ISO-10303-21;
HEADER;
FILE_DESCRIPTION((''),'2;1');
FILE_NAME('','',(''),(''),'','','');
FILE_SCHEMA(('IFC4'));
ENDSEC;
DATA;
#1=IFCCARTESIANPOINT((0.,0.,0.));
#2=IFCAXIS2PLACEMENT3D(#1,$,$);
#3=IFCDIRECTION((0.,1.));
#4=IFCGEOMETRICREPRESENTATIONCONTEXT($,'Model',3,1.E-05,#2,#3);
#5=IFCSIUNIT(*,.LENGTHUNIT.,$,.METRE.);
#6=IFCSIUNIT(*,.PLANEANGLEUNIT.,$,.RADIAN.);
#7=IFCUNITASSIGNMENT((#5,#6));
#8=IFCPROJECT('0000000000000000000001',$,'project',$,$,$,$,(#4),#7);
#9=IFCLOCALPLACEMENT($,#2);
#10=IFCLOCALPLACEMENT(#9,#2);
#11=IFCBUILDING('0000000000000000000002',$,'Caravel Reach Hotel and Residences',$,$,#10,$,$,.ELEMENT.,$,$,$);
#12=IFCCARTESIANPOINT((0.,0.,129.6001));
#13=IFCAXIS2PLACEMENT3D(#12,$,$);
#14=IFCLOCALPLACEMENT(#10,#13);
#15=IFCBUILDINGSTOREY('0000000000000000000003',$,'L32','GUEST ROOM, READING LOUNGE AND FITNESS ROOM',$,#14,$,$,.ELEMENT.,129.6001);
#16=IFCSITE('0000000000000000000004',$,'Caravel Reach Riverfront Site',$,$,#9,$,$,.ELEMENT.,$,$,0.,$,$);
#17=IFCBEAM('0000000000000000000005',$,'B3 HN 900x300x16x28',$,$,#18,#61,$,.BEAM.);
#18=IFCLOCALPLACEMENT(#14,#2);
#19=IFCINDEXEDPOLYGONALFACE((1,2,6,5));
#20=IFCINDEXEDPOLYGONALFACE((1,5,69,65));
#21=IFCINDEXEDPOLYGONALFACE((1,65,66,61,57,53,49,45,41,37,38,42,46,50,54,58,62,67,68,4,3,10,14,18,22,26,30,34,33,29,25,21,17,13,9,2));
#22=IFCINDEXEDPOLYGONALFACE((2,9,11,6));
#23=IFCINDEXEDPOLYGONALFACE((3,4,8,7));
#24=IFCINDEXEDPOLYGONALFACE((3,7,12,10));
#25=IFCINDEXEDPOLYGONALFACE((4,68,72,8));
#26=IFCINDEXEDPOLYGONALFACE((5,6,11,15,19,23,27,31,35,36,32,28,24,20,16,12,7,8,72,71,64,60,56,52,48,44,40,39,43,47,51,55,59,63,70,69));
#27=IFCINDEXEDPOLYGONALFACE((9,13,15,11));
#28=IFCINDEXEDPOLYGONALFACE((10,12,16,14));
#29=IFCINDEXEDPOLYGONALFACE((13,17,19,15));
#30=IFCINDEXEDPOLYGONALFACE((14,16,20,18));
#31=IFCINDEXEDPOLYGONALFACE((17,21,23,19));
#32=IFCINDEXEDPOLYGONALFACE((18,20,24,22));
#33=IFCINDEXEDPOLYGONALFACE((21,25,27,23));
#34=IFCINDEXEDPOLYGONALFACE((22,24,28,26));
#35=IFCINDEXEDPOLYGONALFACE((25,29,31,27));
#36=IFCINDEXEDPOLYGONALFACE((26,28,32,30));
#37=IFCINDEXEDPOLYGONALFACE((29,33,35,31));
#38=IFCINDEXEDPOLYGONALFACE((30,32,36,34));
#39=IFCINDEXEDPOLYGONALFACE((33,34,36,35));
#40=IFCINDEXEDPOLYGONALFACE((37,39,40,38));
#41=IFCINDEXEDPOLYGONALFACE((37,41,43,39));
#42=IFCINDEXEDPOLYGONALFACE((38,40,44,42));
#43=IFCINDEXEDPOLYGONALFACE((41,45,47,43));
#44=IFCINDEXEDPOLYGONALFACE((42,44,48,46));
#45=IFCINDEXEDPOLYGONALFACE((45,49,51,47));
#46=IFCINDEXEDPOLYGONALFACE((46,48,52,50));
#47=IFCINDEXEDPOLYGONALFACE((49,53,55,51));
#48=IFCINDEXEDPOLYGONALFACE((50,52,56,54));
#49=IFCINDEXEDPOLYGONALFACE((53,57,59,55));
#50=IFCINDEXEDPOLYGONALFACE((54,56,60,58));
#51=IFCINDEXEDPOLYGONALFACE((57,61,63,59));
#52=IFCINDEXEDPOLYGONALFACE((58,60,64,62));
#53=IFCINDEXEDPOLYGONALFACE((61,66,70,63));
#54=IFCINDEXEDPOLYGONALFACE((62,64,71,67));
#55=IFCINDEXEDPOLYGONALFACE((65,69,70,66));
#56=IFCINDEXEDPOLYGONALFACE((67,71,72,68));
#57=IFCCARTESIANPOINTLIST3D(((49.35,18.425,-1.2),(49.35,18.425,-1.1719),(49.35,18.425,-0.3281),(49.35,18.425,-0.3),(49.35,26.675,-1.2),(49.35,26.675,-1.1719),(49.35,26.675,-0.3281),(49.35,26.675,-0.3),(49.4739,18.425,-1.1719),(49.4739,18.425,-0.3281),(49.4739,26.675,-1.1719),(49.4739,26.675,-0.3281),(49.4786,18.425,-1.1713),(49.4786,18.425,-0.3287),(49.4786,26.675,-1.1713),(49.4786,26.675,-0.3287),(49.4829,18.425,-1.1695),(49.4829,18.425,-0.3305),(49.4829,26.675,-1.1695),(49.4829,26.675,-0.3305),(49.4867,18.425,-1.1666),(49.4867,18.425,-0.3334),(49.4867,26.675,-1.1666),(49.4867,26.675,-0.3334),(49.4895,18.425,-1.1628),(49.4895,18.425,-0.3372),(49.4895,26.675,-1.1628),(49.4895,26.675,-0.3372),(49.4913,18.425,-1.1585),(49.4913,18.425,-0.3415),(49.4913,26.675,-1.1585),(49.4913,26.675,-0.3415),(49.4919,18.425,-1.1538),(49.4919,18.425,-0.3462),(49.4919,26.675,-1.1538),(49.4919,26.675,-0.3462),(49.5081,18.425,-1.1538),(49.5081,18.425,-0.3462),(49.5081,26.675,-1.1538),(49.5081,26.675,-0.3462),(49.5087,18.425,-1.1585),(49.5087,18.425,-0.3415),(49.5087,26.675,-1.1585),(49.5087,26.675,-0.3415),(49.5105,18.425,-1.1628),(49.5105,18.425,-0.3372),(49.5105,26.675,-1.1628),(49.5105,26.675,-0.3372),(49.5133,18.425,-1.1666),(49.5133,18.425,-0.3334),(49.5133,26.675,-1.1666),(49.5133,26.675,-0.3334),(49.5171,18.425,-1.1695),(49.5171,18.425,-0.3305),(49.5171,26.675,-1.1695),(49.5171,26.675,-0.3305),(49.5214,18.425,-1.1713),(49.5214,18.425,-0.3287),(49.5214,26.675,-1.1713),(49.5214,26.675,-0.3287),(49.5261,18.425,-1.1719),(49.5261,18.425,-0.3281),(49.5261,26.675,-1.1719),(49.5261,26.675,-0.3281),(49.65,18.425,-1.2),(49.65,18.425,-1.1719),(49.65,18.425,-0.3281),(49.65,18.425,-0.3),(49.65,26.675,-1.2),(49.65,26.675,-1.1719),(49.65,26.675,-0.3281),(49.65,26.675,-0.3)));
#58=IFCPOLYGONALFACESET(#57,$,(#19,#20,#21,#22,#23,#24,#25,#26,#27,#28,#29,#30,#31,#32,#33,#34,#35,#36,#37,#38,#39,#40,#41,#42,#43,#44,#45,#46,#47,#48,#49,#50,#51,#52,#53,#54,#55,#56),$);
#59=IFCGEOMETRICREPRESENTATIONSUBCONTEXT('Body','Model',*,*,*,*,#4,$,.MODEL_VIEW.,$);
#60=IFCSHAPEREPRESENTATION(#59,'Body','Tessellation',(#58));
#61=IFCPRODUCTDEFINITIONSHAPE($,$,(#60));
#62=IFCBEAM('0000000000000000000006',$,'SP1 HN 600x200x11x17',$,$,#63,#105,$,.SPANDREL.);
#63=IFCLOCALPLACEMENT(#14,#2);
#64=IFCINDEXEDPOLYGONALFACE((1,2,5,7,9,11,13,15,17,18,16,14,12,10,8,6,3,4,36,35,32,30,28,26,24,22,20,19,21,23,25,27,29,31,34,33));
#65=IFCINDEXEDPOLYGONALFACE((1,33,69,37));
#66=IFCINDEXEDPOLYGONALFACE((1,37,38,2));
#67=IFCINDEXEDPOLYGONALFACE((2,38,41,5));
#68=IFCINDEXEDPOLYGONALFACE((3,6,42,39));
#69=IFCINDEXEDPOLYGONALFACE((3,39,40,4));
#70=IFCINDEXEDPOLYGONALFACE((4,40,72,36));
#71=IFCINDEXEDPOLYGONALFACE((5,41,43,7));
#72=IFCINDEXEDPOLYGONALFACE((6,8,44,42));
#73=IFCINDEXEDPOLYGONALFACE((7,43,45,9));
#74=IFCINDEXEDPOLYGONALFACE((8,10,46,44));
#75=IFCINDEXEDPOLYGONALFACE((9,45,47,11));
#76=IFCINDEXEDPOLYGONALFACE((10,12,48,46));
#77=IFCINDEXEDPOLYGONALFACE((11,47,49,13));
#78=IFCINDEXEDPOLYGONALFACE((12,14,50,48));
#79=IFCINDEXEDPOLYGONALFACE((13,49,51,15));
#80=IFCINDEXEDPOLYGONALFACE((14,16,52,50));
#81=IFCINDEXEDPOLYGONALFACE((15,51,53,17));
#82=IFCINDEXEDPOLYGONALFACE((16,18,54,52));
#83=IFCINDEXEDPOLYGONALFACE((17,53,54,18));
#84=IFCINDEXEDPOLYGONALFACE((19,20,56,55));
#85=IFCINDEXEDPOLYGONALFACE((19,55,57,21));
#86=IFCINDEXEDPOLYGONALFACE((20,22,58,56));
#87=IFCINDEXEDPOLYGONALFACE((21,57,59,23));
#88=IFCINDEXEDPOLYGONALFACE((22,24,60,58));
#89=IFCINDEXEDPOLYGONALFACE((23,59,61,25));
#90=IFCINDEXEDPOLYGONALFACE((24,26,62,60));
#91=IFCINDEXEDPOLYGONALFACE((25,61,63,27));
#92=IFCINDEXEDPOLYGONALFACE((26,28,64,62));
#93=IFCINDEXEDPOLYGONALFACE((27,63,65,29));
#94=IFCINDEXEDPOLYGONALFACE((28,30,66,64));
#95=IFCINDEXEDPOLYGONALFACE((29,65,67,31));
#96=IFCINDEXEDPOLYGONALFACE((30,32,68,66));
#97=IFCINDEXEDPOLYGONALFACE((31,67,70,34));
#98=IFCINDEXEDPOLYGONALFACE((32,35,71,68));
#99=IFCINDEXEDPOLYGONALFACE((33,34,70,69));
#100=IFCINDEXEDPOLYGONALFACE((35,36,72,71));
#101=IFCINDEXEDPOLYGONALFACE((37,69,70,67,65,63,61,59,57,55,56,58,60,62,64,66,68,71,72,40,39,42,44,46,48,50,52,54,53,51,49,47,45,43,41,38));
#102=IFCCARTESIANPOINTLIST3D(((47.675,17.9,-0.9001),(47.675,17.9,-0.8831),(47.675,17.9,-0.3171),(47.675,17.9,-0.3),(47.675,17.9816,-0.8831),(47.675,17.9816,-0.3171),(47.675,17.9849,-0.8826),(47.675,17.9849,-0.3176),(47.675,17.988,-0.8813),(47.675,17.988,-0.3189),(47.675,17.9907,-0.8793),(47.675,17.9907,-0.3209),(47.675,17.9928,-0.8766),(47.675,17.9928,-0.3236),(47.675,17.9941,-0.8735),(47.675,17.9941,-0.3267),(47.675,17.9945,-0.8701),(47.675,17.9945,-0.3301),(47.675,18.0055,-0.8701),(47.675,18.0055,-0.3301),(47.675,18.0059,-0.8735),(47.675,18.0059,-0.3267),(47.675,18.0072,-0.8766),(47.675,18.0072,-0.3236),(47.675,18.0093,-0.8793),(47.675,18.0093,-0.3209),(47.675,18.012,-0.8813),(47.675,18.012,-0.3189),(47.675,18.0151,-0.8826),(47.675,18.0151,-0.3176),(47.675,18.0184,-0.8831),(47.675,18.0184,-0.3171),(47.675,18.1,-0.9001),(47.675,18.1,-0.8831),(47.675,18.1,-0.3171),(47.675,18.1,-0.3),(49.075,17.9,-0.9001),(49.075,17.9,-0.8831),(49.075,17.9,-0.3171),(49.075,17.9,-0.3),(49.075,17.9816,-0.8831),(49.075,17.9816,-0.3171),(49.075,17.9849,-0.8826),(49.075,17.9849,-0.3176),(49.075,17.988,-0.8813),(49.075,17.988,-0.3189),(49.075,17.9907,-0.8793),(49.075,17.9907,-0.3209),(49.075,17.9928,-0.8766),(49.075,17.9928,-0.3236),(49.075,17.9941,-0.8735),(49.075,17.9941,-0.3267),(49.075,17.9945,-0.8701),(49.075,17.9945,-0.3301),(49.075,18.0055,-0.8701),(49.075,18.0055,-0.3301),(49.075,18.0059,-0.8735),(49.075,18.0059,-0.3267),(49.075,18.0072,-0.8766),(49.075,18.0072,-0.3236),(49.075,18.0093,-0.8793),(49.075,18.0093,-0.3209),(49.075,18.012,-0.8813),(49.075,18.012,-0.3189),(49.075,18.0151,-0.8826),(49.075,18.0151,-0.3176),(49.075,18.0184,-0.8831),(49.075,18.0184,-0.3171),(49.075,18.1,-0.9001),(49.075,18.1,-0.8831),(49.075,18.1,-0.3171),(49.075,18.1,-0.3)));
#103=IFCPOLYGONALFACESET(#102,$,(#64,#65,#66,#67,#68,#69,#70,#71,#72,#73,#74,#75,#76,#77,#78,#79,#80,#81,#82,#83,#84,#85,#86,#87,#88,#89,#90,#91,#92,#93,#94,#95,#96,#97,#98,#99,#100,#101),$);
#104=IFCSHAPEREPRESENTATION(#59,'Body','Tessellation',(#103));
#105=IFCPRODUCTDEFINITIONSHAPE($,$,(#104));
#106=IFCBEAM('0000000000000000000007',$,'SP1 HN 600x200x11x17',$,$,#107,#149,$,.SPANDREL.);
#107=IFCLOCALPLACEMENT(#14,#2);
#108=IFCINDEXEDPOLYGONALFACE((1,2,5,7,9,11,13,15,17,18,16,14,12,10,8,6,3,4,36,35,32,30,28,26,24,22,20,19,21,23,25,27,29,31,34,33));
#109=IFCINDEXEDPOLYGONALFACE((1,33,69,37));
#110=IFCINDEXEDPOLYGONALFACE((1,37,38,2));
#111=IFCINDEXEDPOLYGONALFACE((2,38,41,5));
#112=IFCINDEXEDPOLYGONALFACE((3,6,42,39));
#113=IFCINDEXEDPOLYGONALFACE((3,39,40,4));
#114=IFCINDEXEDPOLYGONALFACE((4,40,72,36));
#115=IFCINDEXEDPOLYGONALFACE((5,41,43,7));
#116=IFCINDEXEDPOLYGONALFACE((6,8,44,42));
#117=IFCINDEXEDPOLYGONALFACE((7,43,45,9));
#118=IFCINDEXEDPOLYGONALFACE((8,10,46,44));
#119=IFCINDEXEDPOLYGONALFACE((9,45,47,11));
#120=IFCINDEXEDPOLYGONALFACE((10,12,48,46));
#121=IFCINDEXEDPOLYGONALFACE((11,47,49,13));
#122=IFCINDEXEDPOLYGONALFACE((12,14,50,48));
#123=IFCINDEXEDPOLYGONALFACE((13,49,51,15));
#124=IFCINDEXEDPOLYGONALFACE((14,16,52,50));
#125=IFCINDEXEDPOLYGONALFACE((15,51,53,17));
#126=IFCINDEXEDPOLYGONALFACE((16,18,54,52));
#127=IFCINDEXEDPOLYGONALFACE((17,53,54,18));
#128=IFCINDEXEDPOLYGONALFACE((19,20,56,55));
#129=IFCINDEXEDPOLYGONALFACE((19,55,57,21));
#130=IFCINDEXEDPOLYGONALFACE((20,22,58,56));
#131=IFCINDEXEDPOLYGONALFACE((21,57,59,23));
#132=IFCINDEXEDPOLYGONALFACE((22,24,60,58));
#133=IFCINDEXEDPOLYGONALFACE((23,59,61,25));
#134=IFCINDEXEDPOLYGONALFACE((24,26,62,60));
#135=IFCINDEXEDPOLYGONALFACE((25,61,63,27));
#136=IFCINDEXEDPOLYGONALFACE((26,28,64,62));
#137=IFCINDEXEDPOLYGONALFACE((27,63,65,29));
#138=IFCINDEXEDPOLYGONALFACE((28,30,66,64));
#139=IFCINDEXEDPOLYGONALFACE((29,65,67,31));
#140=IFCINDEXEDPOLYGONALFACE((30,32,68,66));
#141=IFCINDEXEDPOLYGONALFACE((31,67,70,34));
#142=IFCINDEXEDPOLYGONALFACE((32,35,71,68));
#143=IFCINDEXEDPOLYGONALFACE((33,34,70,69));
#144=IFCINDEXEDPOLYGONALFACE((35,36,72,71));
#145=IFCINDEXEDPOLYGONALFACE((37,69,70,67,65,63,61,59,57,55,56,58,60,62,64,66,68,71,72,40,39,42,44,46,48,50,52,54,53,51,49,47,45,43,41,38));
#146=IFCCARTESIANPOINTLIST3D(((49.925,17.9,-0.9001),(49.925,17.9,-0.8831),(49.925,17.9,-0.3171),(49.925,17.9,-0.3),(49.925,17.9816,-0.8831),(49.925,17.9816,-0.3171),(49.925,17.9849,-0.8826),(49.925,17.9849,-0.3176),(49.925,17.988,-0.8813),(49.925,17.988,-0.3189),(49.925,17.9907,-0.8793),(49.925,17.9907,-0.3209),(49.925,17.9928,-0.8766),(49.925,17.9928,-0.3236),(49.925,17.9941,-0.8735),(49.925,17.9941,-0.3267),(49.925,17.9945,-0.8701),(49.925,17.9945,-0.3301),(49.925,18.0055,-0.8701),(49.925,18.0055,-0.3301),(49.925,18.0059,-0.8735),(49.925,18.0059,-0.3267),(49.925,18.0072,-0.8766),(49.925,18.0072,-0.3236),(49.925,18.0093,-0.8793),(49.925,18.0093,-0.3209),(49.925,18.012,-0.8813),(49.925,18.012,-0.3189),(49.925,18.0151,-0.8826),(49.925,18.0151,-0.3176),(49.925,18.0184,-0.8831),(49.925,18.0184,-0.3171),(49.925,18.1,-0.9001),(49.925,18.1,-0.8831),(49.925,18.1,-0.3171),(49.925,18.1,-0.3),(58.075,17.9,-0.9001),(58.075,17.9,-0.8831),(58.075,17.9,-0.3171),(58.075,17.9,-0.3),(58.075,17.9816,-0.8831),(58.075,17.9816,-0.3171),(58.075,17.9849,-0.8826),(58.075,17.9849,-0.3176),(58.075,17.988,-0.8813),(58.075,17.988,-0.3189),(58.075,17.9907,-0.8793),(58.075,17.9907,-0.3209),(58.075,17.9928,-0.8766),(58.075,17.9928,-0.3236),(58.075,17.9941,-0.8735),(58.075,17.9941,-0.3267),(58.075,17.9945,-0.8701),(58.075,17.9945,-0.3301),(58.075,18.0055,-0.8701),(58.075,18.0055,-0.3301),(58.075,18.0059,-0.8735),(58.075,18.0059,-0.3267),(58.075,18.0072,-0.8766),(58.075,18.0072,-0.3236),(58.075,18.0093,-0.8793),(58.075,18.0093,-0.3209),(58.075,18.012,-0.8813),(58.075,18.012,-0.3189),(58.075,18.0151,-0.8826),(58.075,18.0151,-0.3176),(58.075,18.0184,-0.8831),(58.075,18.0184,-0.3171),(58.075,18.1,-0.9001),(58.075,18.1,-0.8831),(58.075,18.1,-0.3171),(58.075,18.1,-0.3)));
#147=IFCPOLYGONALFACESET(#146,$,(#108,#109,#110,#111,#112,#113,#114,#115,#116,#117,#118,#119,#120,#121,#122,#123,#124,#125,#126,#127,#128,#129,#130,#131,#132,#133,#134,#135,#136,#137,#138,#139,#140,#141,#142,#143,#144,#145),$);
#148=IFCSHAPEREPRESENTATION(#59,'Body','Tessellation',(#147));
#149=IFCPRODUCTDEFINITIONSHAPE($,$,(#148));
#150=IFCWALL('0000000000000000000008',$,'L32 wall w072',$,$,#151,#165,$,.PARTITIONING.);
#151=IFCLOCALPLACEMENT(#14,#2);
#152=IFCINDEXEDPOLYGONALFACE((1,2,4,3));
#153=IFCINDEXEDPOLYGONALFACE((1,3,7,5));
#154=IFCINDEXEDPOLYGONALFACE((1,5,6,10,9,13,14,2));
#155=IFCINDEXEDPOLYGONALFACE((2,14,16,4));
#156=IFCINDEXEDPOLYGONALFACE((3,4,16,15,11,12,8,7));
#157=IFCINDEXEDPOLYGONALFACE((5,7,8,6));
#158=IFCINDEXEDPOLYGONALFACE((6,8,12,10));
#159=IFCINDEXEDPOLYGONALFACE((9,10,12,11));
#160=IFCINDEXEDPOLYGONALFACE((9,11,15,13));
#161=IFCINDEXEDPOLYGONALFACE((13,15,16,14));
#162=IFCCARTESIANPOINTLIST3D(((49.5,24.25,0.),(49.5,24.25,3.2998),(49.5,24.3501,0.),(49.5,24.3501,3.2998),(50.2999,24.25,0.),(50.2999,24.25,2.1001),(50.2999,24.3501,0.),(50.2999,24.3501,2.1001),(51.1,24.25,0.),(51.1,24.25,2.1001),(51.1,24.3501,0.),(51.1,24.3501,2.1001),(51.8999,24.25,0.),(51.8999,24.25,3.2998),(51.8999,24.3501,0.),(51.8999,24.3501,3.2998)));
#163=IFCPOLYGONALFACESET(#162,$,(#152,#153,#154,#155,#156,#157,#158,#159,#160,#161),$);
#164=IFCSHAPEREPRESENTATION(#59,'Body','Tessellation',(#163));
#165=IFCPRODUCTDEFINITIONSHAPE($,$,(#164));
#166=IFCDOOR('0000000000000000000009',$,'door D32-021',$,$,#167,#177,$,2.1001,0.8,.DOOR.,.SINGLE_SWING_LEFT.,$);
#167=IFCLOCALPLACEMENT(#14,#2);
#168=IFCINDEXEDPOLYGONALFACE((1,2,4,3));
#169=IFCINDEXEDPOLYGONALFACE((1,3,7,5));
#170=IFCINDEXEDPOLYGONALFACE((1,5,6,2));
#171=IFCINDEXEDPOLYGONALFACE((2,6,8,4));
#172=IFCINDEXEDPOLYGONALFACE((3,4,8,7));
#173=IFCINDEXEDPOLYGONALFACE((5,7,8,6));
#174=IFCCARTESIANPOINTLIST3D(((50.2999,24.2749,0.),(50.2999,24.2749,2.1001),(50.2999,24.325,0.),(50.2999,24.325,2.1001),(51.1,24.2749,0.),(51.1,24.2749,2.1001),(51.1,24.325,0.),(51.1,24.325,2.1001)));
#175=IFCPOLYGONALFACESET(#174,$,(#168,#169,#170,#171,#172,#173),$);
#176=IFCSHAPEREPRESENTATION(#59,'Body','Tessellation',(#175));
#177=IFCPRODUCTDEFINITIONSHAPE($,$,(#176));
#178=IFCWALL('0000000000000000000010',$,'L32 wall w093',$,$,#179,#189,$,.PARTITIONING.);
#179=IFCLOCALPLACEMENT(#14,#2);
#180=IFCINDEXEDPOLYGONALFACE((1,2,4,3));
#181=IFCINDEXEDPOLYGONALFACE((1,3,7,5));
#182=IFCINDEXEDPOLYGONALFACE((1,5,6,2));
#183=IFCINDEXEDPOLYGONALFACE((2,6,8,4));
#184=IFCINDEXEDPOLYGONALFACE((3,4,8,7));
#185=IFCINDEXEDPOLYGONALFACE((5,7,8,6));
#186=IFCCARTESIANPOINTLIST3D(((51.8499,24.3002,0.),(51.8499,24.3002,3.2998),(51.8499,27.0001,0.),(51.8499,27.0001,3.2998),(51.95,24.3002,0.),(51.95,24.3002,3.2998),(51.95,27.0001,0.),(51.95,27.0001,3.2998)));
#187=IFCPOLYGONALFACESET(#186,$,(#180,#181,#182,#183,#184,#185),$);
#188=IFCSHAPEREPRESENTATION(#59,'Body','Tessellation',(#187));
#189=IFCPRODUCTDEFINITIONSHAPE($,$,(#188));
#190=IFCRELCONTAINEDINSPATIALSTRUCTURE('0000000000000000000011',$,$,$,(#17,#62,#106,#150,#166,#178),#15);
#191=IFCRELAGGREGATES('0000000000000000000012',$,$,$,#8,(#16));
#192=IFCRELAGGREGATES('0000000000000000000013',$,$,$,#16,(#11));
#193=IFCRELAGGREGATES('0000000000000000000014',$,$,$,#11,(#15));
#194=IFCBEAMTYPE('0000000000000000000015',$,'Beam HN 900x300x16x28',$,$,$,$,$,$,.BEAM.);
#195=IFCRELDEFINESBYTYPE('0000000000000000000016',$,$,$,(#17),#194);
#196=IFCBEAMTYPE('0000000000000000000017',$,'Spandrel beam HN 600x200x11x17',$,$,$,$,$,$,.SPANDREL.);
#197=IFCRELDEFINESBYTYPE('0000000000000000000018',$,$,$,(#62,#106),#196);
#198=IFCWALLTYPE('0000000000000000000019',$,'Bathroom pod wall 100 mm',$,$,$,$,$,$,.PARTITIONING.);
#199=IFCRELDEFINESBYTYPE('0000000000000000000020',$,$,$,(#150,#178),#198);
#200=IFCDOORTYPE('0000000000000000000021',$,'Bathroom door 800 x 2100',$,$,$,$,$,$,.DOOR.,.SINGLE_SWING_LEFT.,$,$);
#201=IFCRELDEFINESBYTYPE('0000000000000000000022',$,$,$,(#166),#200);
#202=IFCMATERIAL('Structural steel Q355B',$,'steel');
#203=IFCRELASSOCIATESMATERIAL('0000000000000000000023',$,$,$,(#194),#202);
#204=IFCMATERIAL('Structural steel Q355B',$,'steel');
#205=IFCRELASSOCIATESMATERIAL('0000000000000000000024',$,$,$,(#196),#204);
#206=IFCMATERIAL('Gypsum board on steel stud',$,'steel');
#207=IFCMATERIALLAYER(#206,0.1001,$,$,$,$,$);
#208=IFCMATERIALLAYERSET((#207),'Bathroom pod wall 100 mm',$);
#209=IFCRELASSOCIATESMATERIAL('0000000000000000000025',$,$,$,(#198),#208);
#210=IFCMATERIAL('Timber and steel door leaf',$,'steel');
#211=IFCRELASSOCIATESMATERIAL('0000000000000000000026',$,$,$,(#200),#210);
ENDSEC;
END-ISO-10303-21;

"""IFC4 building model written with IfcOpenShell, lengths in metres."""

from ifc_helpers import new_model, si_unit, direction, frame, frame_2d, origin, origin_2d, place, context, subcontext, project, spatial, rectangle, i_section, extrude, material, layer, layer_set, material_profile, profile_set, type_object, element, fill, save


model = new_model("IFC4")

# Units and contexts
model_context = context("Model", 3, precision=1e-05, world=origin(), true_north=direction((0.0, 1.0)))
body_context = subcontext(model_context, "Body", "Model", "MODEL_VIEW")
ifc_project = project(units=[si_unit("LENGTHUNIT", "METRE"), si_unit("PLANEANGLEUNIT", "RADIAN")], contexts=[model_context])

# Site, building, storey
site_placement = place(None, origin())
site = spatial("IfcSite", under=ifc_project, at=site_placement, Name="Caravel Reach Riverfront Site", CompositionType="ELEMENT", RefElevation=0.0)
building_placement = place(site_placement, origin())
building = spatial("IfcBuilding", under=site, at=building_placement, Name="Caravel Reach Hotel and Residences", CompositionType="ELEMENT")
storey_placement = place(building_placement, frame((0.0, 0.0, 129.6001)))
storey = spatial("IfcBuildingStorey", under=building, at=storey_placement, Name="L32", Description="GUEST ROOM, READING LOUNGE AND FITNESS ROOM", CompositionType="ELEMENT", Elevation=129.6001)

# Beams
ifc_material_1 = material(Name="Structural steel Q355B", Category="steel")
ifc_material_profile_1 = material_profile(ifc_material_1, i_section(OverallWidth=0.3, OverallDepth=0.8999, WebThickness=0.0161, FlangeThickness=0.0281, FilletRadius=0.0181, at=origin_2d()), Name="HN 900x300x16x28")
ifc_profile_set_1 = profile_set([ifc_material_profile_1], Name="Structural steel Q355B")
beam_type_1 = type_object("IfcBeamType", Name="Beam HN 900x300x16x28", PredefinedType="BEAM", material=ifc_profile_set_1)
beam_1_placement = place(storey_placement, frame((49.5, 18.425, -0.75), z_axis=(0.0, 1.0, 0.0), x_axis=(-1.0, 0.0, 0.0)))
element("IfcBeam", 1, at=beam_1_placement, inside=storey, type_object=beam_type_1, Name="B3 HN 900x300x16x28", PredefinedType="BEAM", context=body_context, shape_type="SweptSolid", body=[
    extrude(i_section(OverallWidth=0.3, OverallDepth=0.8999, WebThickness=0.0161, FlangeThickness=0.0281, FilletRadius=0.0181, at=origin_2d()), origin(), (0.0, 0.0, 1.0), 8.25),
])
ifc_material_2 = material(Name="Structural steel Q355B", Category="steel")
ifc_material_profile_2 = material_profile(ifc_material_2, i_section(OverallWidth=0.2, OverallDepth=0.6001, WebThickness=0.011, FlangeThickness=0.0171, FilletRadius=0.0129, at=origin_2d()), Name="HN 600x200x11x17")
ifc_profile_set_2 = profile_set([ifc_material_profile_2], Name="Structural steel Q355B")
beam_type_2 = type_object("IfcBeamType", Name="Spandrel beam HN 600x200x11x17", PredefinedType="SPANDREL", material=ifc_profile_set_2)
beam_2_placement = place(storey_placement, frame((47.675, 18.0, -0.6001), z_axis=(1.0, 0.0, 0.0), x_axis=(0.0, 1.0, 0.0)))
element("IfcBeam", 2, at=beam_2_placement, inside=storey, type_object=beam_type_2, Name="SP1 HN 600x200x11x17", PredefinedType="SPANDREL", context=body_context, shape_type="SweptSolid", body=[
    extrude(i_section(OverallWidth=0.2, OverallDepth=0.6001, WebThickness=0.011, FlangeThickness=0.0171, FilletRadius=0.0129, at=origin_2d()), origin(), (0.0, 0.0, 1.0), 1.3999),
])
beam_3_placement = place(storey_placement, frame((49.925, 18.0, -0.6001), z_axis=(1.0, 0.0, 0.0), x_axis=(0.0, 1.0, 0.0)))
element("IfcBeam", 3, at=beam_3_placement, inside=storey, type_object=beam_type_2, Name="SP1 HN 600x200x11x17", PredefinedType="SPANDREL", context=body_context, shape_type="SweptSolid", body=[
    extrude(i_section(OverallWidth=0.2, OverallDepth=0.6001, WebThickness=0.011, FlangeThickness=0.0171, FilletRadius=0.0129, at=origin_2d()), origin(), (0.0, 0.0, 1.0), 8.1499),
])

# Wall, opening, door
ifc_material_3 = material(Name="Gypsum board on steel stud", Category="steel")
ifc_layer_1 = layer(ifc_material_3, 0.1001)
ifc_layer_set_1 = layer_set([ifc_layer_1], Name="Bathroom pod wall 100 mm")
wall_type_1 = type_object("IfcWallType", Name="Bathroom pod wall 100 mm", PredefinedType="PARTITIONING", material=ifc_layer_set_1)
wall_1_placement = place(storey_placement, frame((49.5, 24.3, 0.0), z_axis=(0.0, 0.0, 1.0), x_axis=(1.0, 0.0, 0.0)))
wall_1 = element("IfcWall", 4, at=wall_1_placement, inside=storey, type_object=wall_type_1, Name="L32 wall w072", PredefinedType="PARTITIONING", context=body_context, shape_type="SweptSolid", body=[
    extrude(rectangle(XDim=2.3999, YDim=0.1001, at=frame_2d((1.2, 0.0))), origin(), (0.0, 0.0, 1.0), 3.2998),
])
opening_1_placement = place(wall_1_placement, frame((0.8, 0.0, 0.0)))
opening_1 = element("IfcOpeningElement", 5, at=opening_1_placement, cuts=wall_1, PredefinedType="OPENING", context=body_context, shape_type="SweptSolid", body=[
    extrude(rectangle(XDim=0.8, YDim=2.1001, at=frame_2d((0.3999, 1.05))), frame((0.0, 0.0601, 0.0), z_axis=(0.0, -1.0, 0.0), x_axis=(1.0, 0.0, 0.0)), (0.0, 0.0, 1.0), 0.1201),
])
ifc_material_4 = material(Name="Timber and steel door leaf", Category="steel")
door_type_1 = type_object("IfcDoorType", Name="Bathroom door 800 x 2100", OperationType="SINGLE_SWING_LEFT", PredefinedType="DOOR", material=ifc_material_4)
door_1_placement = place(opening_1_placement, origin())
door_1 = element("IfcDoor", 6, at=door_1_placement, inside=storey, type_object=door_type_1, Name="door D32-021", OperationType="SINGLE_SWING_LEFT", OverallHeight=2.1001, OverallWidth=0.8, PredefinedType="DOOR", context=body_context, shape_type="SweptSolid", body=[
    extrude(rectangle(XDim=0.8, YDim=2.1001, at=frame_2d((0.3999, 1.05))), frame((0.0, 0.0249, 0.0), z_axis=(0.0, -1.0, 0.0), x_axis=(1.0, 0.0, 0.0)), (0.0, 0.0, 1.0), 0.05),
])
fill(opening_1, door_1)

# Wall
wall_2_placement = place(storey_placement, frame((51.8999, 24.3, 0.0), z_axis=(0.0, 0.0, 1.0), x_axis=(0.0, 1.0, 0.0)))
element("IfcWall", 7, at=wall_2_placement, inside=storey, type_object=wall_type_1, Name="L32 wall w093", PredefinedType="PARTITIONING", context=body_context, shape_type="SweptSolid", body=[
    extrude(rectangle(XDim=2.7, YDim=0.1001, at=frame_2d((1.3501, 0.0))), origin(), (0.0, 0.0, 1.0), 3.2998),
])

save(model, "model.ifc")
